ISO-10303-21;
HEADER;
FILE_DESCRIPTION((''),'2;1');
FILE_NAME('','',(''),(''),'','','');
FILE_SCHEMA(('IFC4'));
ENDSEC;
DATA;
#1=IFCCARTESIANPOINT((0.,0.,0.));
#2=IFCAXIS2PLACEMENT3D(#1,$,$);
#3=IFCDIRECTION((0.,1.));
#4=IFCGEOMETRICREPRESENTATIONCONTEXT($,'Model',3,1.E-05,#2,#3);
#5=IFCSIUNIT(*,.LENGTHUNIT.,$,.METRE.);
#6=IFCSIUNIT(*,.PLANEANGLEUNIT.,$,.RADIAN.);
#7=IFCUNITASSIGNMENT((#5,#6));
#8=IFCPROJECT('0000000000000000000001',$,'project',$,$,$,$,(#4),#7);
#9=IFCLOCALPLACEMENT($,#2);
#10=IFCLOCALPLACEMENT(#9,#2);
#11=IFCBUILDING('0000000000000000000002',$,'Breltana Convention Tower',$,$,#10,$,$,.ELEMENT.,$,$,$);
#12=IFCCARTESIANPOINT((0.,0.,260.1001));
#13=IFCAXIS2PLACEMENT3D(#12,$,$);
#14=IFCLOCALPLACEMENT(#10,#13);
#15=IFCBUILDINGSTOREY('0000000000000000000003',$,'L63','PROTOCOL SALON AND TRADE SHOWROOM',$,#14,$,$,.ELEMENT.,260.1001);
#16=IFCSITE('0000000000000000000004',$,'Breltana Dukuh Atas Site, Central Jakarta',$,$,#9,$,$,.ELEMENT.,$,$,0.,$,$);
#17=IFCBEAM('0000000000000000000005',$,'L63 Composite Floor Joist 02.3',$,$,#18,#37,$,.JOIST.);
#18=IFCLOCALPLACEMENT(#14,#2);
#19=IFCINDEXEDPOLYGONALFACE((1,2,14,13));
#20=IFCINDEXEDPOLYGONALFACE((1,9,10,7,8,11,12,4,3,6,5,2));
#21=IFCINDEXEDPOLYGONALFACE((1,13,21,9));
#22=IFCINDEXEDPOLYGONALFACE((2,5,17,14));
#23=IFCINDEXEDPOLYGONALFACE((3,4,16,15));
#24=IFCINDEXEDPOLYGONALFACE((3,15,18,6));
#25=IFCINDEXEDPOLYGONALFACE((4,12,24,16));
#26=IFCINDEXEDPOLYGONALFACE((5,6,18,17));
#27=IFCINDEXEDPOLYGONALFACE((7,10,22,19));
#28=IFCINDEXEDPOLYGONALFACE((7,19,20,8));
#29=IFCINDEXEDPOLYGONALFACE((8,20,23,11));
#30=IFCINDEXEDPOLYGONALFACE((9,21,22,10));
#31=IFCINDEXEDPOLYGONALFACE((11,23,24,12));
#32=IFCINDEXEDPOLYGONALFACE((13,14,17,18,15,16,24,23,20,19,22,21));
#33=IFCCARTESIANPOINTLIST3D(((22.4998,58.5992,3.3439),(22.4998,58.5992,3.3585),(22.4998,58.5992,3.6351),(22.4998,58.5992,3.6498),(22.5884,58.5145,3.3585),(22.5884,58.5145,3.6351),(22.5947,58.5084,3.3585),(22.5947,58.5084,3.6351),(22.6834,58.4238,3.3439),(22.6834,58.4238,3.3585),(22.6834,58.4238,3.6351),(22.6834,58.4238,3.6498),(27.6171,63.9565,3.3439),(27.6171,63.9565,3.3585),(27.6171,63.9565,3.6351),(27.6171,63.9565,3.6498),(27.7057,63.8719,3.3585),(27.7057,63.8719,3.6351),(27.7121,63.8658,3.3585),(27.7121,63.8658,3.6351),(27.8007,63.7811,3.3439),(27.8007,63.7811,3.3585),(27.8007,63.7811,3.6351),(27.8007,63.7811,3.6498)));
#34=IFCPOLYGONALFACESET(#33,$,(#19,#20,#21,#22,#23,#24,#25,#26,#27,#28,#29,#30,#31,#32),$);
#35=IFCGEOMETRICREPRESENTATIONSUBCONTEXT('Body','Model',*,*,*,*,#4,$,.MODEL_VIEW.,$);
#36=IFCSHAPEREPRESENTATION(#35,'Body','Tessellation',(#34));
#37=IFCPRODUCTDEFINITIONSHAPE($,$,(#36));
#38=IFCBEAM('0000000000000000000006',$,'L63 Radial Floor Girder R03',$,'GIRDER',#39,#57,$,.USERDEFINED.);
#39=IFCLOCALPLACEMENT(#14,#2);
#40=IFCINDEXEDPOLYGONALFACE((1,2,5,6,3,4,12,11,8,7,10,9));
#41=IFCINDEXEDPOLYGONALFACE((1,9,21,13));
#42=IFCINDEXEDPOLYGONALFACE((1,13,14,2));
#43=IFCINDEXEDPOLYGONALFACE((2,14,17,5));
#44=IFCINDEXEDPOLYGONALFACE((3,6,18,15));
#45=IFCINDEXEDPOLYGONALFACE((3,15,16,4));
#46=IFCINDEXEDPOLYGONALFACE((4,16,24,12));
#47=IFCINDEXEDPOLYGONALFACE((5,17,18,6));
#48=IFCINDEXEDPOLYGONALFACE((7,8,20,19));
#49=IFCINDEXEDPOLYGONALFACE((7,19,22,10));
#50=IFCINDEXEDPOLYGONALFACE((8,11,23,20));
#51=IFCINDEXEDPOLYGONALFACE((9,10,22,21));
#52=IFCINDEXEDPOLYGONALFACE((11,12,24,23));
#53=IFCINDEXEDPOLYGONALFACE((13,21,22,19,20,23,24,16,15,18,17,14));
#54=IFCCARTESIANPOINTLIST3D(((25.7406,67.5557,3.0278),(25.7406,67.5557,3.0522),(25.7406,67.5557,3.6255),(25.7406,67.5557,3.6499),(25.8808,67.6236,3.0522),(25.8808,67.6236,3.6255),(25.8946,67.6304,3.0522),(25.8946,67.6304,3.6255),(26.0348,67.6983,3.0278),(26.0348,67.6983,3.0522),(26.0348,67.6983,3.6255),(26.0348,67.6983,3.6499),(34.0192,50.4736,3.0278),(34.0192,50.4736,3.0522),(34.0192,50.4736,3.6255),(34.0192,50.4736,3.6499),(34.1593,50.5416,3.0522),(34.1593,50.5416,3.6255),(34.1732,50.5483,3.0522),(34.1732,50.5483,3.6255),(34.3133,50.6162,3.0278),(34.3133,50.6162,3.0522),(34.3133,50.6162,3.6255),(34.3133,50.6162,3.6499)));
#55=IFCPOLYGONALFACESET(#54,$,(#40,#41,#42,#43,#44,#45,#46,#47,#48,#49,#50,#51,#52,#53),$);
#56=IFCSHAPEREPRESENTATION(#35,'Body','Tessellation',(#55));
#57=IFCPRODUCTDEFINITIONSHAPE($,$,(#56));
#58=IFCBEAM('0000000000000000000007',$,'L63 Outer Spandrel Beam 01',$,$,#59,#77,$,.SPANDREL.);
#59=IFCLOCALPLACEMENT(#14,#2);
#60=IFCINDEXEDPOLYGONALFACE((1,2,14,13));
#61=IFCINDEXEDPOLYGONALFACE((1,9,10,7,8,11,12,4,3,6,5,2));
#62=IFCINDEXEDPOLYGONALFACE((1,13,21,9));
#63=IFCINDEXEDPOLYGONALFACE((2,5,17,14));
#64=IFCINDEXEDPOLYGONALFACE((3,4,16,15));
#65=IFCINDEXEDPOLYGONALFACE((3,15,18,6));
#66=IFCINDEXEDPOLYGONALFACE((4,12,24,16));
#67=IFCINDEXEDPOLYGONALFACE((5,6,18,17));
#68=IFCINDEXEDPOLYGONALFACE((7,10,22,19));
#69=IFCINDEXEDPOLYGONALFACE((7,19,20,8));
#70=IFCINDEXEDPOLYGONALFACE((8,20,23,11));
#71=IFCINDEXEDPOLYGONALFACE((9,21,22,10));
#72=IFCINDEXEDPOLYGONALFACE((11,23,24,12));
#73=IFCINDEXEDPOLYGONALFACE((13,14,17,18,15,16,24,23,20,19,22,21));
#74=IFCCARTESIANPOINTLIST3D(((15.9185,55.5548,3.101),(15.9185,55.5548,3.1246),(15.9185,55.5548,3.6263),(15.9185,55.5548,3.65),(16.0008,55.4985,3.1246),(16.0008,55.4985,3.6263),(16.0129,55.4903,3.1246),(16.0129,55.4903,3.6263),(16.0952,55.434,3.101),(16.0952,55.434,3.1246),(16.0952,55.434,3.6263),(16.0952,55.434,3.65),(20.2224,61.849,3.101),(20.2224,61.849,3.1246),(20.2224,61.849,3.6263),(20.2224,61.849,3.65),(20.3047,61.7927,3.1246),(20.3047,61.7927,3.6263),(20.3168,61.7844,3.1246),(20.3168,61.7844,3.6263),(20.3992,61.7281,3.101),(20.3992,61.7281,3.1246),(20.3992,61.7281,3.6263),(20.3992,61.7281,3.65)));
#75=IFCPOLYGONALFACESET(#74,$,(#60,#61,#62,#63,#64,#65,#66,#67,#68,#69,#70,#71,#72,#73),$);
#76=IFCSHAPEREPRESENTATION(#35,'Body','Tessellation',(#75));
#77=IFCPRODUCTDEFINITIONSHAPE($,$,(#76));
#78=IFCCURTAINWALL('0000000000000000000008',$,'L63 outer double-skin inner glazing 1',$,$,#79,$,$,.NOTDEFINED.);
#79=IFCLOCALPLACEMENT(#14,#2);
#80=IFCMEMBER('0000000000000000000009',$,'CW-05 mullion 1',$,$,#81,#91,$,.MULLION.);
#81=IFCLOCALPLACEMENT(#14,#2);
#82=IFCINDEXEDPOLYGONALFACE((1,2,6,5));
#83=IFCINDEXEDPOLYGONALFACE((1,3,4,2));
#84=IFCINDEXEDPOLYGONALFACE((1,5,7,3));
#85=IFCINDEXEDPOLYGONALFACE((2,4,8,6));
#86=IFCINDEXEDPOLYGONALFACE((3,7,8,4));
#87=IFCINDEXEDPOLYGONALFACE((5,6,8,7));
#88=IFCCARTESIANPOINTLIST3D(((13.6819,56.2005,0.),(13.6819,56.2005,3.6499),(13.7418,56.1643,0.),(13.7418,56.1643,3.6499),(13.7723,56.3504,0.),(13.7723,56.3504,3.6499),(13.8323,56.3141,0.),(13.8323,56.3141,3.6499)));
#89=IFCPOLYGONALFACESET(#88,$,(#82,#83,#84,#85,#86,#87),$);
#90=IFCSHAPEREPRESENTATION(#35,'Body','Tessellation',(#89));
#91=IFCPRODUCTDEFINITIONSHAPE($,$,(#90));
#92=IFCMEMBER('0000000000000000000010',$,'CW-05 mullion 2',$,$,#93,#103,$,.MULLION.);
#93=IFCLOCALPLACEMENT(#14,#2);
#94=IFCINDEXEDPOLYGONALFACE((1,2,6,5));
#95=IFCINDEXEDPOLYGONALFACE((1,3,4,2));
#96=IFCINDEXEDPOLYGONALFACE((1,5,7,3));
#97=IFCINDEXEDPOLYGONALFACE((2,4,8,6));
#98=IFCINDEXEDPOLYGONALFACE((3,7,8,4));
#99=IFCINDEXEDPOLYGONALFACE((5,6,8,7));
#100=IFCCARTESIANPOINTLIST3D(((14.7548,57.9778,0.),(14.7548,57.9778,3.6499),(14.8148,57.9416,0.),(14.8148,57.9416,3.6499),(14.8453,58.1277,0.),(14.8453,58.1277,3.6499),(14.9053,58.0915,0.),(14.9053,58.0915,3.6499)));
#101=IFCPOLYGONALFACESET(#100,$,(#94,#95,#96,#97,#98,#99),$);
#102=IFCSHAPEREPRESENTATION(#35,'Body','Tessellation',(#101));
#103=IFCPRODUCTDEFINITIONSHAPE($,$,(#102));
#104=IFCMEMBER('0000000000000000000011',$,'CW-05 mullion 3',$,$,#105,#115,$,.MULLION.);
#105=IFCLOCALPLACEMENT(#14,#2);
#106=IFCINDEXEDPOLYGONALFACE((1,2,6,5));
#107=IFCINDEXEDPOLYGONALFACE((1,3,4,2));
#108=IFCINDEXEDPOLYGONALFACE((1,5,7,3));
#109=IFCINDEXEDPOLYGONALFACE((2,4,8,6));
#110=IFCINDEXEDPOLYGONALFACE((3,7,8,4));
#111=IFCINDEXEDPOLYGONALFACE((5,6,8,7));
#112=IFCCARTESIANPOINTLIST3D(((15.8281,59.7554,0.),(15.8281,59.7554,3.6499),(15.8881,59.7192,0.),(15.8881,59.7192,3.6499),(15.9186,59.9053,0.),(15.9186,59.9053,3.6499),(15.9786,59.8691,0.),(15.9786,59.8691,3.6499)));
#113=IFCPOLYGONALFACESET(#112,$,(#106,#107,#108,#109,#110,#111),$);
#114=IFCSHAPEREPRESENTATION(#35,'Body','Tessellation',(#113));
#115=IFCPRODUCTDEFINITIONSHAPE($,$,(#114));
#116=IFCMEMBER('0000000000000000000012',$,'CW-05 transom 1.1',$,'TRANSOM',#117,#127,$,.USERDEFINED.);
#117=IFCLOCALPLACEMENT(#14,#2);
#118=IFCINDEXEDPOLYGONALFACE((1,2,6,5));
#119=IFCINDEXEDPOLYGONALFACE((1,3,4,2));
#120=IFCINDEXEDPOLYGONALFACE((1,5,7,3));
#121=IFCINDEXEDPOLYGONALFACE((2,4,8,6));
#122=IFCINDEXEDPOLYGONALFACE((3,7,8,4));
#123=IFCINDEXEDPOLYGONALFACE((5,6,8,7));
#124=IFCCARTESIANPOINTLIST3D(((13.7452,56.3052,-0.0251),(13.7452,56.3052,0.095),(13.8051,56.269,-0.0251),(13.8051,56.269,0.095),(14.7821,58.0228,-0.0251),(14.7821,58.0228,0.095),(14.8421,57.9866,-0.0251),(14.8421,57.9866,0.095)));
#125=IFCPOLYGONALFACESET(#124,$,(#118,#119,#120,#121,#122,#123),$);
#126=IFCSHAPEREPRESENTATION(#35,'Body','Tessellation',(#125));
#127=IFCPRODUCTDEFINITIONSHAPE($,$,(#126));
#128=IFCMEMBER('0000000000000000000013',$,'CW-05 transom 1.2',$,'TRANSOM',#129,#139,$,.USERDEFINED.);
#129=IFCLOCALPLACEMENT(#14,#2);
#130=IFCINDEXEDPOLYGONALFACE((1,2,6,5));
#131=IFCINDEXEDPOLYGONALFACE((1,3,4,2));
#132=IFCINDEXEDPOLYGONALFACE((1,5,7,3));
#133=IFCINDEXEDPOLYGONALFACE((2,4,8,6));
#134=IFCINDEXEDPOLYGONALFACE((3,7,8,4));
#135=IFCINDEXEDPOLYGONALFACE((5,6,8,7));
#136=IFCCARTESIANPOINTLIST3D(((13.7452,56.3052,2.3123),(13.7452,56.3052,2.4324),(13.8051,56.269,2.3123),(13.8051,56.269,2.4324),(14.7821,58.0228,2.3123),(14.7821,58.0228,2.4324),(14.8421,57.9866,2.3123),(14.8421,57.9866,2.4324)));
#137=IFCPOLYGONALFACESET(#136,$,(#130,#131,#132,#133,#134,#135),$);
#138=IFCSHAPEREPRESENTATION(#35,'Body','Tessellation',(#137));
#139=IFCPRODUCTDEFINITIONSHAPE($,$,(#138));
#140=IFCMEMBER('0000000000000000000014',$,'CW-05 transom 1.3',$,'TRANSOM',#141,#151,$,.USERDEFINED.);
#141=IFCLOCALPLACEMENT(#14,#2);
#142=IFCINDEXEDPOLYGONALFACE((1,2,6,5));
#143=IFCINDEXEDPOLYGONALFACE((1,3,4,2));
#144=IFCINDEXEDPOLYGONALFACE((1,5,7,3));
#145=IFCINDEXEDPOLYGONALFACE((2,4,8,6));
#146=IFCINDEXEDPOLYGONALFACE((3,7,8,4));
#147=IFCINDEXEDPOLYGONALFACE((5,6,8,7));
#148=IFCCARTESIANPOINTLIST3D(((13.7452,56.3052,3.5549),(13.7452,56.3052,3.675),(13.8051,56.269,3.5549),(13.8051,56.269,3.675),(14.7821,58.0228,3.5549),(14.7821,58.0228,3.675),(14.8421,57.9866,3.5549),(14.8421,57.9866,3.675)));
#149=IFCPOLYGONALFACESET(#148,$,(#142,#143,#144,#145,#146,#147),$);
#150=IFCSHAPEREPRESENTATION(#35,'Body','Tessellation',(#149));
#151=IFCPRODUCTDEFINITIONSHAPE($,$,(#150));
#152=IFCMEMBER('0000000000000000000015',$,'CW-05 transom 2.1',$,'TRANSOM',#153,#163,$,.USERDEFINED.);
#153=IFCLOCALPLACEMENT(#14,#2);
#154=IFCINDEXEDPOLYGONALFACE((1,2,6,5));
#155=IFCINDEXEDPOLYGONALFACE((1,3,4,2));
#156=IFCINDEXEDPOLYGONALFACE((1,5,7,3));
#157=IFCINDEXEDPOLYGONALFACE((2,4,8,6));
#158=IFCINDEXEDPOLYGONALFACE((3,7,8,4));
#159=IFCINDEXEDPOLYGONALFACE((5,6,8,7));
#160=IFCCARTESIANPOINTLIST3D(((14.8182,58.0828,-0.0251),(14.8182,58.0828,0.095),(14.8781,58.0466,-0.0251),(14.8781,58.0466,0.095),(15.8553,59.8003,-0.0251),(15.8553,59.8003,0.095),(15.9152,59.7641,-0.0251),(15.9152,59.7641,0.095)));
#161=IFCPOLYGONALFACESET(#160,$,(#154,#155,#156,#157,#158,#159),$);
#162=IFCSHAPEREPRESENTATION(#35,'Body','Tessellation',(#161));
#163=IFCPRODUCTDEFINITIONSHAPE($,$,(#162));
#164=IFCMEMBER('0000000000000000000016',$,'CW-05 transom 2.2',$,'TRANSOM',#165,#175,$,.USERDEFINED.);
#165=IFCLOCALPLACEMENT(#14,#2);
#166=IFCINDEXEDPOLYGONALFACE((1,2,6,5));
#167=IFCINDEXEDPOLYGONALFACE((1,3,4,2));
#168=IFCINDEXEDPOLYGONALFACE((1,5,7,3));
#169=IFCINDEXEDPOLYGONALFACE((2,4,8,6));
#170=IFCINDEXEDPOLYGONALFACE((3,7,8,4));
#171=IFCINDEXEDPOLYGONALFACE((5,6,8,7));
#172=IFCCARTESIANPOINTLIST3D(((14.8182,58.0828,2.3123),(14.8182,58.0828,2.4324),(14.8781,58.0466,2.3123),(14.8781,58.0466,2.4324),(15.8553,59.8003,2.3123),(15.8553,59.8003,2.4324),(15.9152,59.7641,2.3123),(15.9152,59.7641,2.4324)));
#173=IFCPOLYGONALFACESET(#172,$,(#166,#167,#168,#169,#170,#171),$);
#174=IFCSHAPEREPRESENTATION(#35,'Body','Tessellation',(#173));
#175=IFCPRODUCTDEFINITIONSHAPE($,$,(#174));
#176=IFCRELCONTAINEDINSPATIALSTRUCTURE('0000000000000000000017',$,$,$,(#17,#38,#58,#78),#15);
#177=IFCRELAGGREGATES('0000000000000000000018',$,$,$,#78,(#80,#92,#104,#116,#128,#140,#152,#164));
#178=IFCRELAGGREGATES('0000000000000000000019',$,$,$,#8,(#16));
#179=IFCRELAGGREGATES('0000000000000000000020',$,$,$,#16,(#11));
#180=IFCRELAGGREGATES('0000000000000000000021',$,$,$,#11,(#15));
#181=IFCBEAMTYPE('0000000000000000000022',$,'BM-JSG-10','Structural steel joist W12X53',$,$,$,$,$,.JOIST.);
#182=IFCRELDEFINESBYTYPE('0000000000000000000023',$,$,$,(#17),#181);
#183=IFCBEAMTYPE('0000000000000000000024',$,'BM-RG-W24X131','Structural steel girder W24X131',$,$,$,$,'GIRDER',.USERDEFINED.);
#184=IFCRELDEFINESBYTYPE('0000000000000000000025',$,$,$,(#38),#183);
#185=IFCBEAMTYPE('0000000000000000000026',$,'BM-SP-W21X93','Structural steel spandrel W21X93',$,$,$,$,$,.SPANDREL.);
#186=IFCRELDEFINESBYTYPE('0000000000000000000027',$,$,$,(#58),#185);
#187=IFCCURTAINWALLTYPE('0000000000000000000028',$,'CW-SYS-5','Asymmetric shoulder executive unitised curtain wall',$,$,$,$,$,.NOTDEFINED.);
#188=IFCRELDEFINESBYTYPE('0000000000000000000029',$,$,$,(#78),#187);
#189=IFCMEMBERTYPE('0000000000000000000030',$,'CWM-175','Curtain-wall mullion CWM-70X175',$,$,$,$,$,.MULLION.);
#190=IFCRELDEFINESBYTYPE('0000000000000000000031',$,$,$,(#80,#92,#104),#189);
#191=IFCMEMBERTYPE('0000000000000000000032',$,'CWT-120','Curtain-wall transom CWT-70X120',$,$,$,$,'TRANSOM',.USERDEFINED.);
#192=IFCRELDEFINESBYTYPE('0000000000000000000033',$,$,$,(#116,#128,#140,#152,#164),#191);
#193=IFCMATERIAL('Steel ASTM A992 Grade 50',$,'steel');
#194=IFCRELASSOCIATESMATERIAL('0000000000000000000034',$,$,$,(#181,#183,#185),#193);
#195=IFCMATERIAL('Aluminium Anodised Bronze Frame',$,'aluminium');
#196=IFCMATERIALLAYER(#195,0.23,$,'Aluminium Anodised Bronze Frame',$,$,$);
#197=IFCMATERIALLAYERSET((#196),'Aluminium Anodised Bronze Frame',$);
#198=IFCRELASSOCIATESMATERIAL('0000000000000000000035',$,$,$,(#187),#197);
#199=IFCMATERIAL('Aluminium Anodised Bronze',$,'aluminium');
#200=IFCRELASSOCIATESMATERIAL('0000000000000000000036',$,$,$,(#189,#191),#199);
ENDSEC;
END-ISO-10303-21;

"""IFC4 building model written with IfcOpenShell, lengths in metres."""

from ifc_helpers import new_model, si_unit, direction, frame, origin, origin_2d, place, context, subcontext, project, spatial, rectangle, i_section, extrude, source, transform, mapped, material, layer, layer_set, material_profile, profile_set, type_object, type_shapes, element, aggregate, save


model = new_model("IFC4")

# Units and contexts
model_context = context("Model", 3, precision=1e-05, world=origin(), true_north=direction((0.0, 1.0)))
body_context = subcontext(model_context, "Body", "Model", "MODEL_VIEW")
ifc_project = project(units=[si_unit("LENGTHUNIT", "METRE"), si_unit("PLANEANGLEUNIT", "RADIAN")], contexts=[model_context])

# Site, building, storey
site_placement = place(None, origin())
site = spatial("IfcSite", under=ifc_project, at=site_placement, Name="Breltana Dukuh Atas Site, Central Jakarta", CompositionType="ELEMENT", RefElevation=0.0)
building_placement = place(site_placement, origin())
building = spatial("IfcBuilding", under=site, at=building_placement, Name="Breltana Convention Tower", CompositionType="ELEMENT")
storey_placement = place(building_placement, frame((0.0, 0.0, 260.1001)))
storey = spatial("IfcBuildingStorey", under=building, at=storey_placement, Name="L63", Description="PROTOCOL SALON AND TRADE SHOWROOM", CompositionType="ELEMENT", Elevation=260.1001)

# Shared definitions
ifc_material_1 = material(Name="Steel ASTM A992 Grade 50", Category="steel")

# Beams
ifc_material_profile_1 = material_profile(ifc_material_1, i_section(OverallWidth=0.2539, OverallDepth=0.3059, WebThickness=0.0088, FlangeThickness=0.0146, at=origin_2d()), Name="W12X53")
ifc_profile_set_1 = profile_set([ifc_material_profile_1], Name="Steel ASTM A992 Grade 50")
beam_type_1 = type_object("IfcBeamType", Name="BM-JSG-10", Description="Structural steel joist W12X53", PredefinedType="JOIST", material=ifc_profile_set_1)
shared_shape_1 = source(origin(), body_context, "Body", "SweptSolid", [
    extrude(i_section(OverallWidth=0.2539, OverallDepth=0.3059, WebThickness=0.0088, FlangeThickness=0.0146, at=origin_2d()), origin(), (0.0, 0.0, 1.0), 7.4087),
])
beam_1_placement = place(storey_placement, frame((22.5916, 58.5115, 3.4968), z_axis=(0.690725, 0.723118, 0.0), x_axis=(-0.723118, 0.690725, 0.0)))
element("IfcBeam", 1, at=beam_1_placement, inside=storey, type_object=beam_type_1, Name="L63 Composite Floor Joist 02.3", PredefinedType="JOIST", context=body_context, shape_type="MappedRepresentation", body=[
    mapped(shared_shape_1, transform((0.0, 0.0, 0.0), scale=1.0)),
])
ifc_material_profile_2 = material_profile(ifc_material_1, i_section(OverallWidth=0.3269, OverallDepth=0.6221, WebThickness=0.0154, FlangeThickness=0.0244, at=origin_2d()), Name="W24X131")
ifc_profile_set_2 = profile_set([ifc_material_profile_2], Name="Steel ASTM A992 Grade 50")
beam_type_2 = type_object("IfcBeamType", Name="BM-RG-W24X131", Description="Structural steel girder W24X131", ElementType="GIRDER", PredefinedType="USERDEFINED", material=ifc_profile_set_2)
shared_shape_2 = source(origin(), body_context, "Body", "SweptSolid", [
    extrude(i_section(OverallWidth=0.3269, OverallDepth=0.6221, WebThickness=0.0154, FlangeThickness=0.0244, at=origin_2d()), origin(), (0.0, 0.0, 1.0), 18.9824),
])
beam_2_placement = place(storey_placement, frame((34.1663, 50.5449, 3.3389), z_axis=(-0.436119, 0.899889, 0.0), x_axis=(-0.899889, -0.436119, 0.0)))
element("IfcBeam", 2, at=beam_2_placement, inside=storey, type_object=beam_type_2, Name="L63 Radial Floor Girder R03", ObjectType="GIRDER", PredefinedType="USERDEFINED", context=body_context, shape_type="MappedRepresentation", body=[
    mapped(shared_shape_2, transform((0.0, 0.0, 0.0), scale=1.0)),
])
ifc_material_profile_3 = material_profile(ifc_material_1, i_section(OverallWidth=0.2141, OverallDepth=0.5491, WebThickness=0.0146, FlangeThickness=0.0237, at=origin_2d()), Name="W21X93")
ifc_profile_set_3 = profile_set([ifc_material_profile_3], Name="Steel ASTM A992 Grade 50")
beam_type_3 = type_object("IfcBeamType", Name="BM-SP-W21X93", Description="Structural steel spandrel W21X93", PredefinedType="SPANDREL", material=ifc_profile_set_3)
shared_shape_3 = source(origin(), body_context, "Body", "SweptSolid", [
    extrude(i_section(OverallWidth=0.2141, OverallDepth=0.5491, WebThickness=0.0146, FlangeThickness=0.0237, at=origin_2d()), origin(), (0.0, 0.0, 1.0), 7.625),
])
type_shapes(beam_type_3, [shared_shape_3])
beam_3_placement = place(storey_placement, frame((16.0068, 55.4944, 3.3755), z_axis=(0.564452, 0.825466, 0.0), x_axis=(-0.825466, 0.564452, 0.0)))
element("IfcBeam", 3, at=beam_3_placement, inside=storey, type_object=beam_type_3, Name="L63 Outer Spandrel Beam 01", PredefinedType="SPANDREL", context=body_context, shape_type="MappedRepresentation", body=[
    mapped(shared_shape_3, transform((0.0, 0.0, 0.0), scale=1.0)),
])

# Curtain wall, members
ifc_material_2 = material(Name="Aluminium Anodised Bronze Frame", Category="aluminium")
ifc_layer_1 = layer(ifc_material_2, 0.23, Name="Aluminium Anodised Bronze Frame")
ifc_layer_set_1 = layer_set([ifc_layer_1], Name="Aluminium Anodised Bronze Frame")
curtain_wall_type = type_object("IfcCurtainWallType", Name="CW-SYS-5", Description="Asymmetric shoulder executive unitised curtain wall", PredefinedType="NOTDEFINED", material=ifc_layer_set_1)
curtain_wall_placement = place(storey_placement, origin())
curtain_wall = element("IfcCurtainWall", 4, at=curtain_wall_placement, inside=storey, type_object=curtain_wall_type, Name="L63 outer double-skin inner glazing 1", PredefinedType="NOTDEFINED")
ifc_material_3 = material(Name="Aluminium Anodised Bronze", Category="aluminium")
ifc_material_profile_4 = material_profile(ifc_material_3, rectangle(XDim=0.0701, YDim=0.175, at=origin_2d()), Name="CWM-70X175")
ifc_profile_set_4 = profile_set([ifc_material_profile_4], Name="Aluminium Anodised Bronze")
member_type_1 = type_object("IfcMemberType", Name="CWM-175", Description="Curtain-wall mullion CWM-70X175", PredefinedType="MULLION", material=ifc_profile_set_4)
shared_shape_4 = source(origin(), body_context, "Body", "SweptSolid", [
    extrude(rectangle(XDim=0.0701, YDim=0.175, at=origin_2d()), origin(), (0.0, 0.0, 1.0), 3.6499),
])
member_1_placement = place(storey_placement, frame((13.7571, 56.2573, 0.0), z_axis=(0.0, 0.0, 1.0), x_axis=(-0.856067, 0.516865, 0.0)))
member_1 = element("IfcMember", 5, at=member_1_placement, type_object=member_type_1, Name="CW-05 mullion 1", PredefinedType="MULLION", context=body_context, shape_type="MappedRepresentation", body=[
    mapped(shared_shape_4, transform((0.0, 0.0, 0.0), scale=1.0)),
])
member_2_placement = place(storey_placement, frame((14.8301, 58.0347, 0.0), z_axis=(0.0, 0.0, 1.0), x_axis=(-0.856067, 0.516865, 0.0)))
member_2 = element("IfcMember", 6, at=member_2_placement, type_object=member_type_1, Name="CW-05 mullion 2", PredefinedType="MULLION", context=body_context, shape_type="MappedRepresentation", body=[
    mapped(shared_shape_4, transform((0.0, 0.0, 0.0), scale=1.0)),
])
member_3_placement = place(storey_placement, frame((15.9033, 59.8123, 0.0), z_axis=(0.0, 0.0, 1.0), x_axis=(-0.856067, 0.516865, 0.0)))
member_3 = element("IfcMember", 7, at=member_3_placement, type_object=member_type_1, Name="CW-05 mullion 3", PredefinedType="MULLION", context=body_context, shape_type="MappedRepresentation", body=[
    mapped(shared_shape_4, transform((0.0, 0.0, 0.0), scale=1.0)),
])
ifc_material_profile_5 = material_profile(ifc_material_3, rectangle(XDim=0.0701, YDim=0.1201, at=origin_2d()), Name="CWT-70X120")
ifc_profile_set_5 = profile_set([ifc_material_profile_5], Name="Aluminium Anodised Bronze")
member_type_2 = type_object("IfcMemberType", Name="CWT-120", Description="Curtain-wall transom CWT-70X120", ElementType="TRANSOM", PredefinedType="USERDEFINED", material=ifc_profile_set_5)
shared_shape_5 = source(origin(), body_context, "Body", "SweptSolid", [
    extrude(rectangle(XDim=0.0701, YDim=0.1201, at=origin_2d()), origin(), (0.0, 0.0, 1.0), 2.0063),
])
member_4_placement = place(storey_placement, frame((13.7751, 56.2871, 0.0349), z_axis=(0.51682, 0.856094, 0.0), x_axis=(-0.856094, 0.51682, 0.0)))
member_4 = element("IfcMember", 8, at=member_4_placement, type_object=member_type_2, Name="CW-05 transom 1.1", ObjectType="TRANSOM", PredefinedType="USERDEFINED", context=body_context, shape_type="MappedRepresentation", body=[
    mapped(shared_shape_5, transform((0.0, 0.0, 0.0), scale=1.0)),
])
member_5_placement = place(storey_placement, frame((13.7751, 56.2871, 2.3723), z_axis=(0.51682, 0.856094, 0.0), x_axis=(-0.856094, 0.51682, 0.0)))
member_5 = element("IfcMember", 9, at=member_5_placement, type_object=member_type_2, Name="CW-05 transom 1.2", ObjectType="TRANSOM", PredefinedType="USERDEFINED", context=body_context, shape_type="MappedRepresentation", body=[
    mapped(shared_shape_5, transform((0.0, 0.0, 0.0), scale=1.0)),
])
member_6_placement = place(storey_placement, frame((13.7751, 56.2871, 3.615), z_axis=(0.51682, 0.856094, 0.0), x_axis=(-0.856094, 0.51682, 0.0)))
member_6 = element("IfcMember", 10, at=member_6_placement, type_object=member_type_2, Name="CW-05 transom 1.3", ObjectType="TRANSOM", PredefinedType="USERDEFINED", context=body_context, shape_type="MappedRepresentation", body=[
    mapped(shared_shape_5, transform((0.0, 0.0, 0.0), scale=1.0)),
])
member_7_placement = place(storey_placement, frame((14.8481, 58.0647, 0.0349), z_axis=(0.516909, 0.85604, 0.0), x_axis=(-0.85604, 0.516909, 0.0)))
member_7 = element("IfcMember", 11, at=member_7_placement, type_object=member_type_2, Name="CW-05 transom 2.1", ObjectType="TRANSOM", PredefinedType="USERDEFINED", context=body_context, shape_type="MappedRepresentation", body=[
    mapped(shared_shape_5, transform((0.0, 0.0, 0.0), scale=1.0)),
])
member_8_placement = place(storey_placement, frame((14.8481, 58.0647, 2.3723), z_axis=(0.516909, 0.85604, 0.0), x_axis=(-0.85604, 0.516909, 0.0)))
member_8 = element("IfcMember", 12, at=member_8_placement, type_object=member_type_2, Name="CW-05 transom 2.2", ObjectType="TRANSOM", PredefinedType="USERDEFINED", context=body_context, shape_type="MappedRepresentation", body=[
    mapped(shared_shape_5, transform((0.0, 0.0, 0.0), scale=1.0)),
])
aggregate(curtain_wall, [member_1, member_2, member_3, member_4, member_5, member_6, member_7, member_8])

save(model, "model.ifc")
